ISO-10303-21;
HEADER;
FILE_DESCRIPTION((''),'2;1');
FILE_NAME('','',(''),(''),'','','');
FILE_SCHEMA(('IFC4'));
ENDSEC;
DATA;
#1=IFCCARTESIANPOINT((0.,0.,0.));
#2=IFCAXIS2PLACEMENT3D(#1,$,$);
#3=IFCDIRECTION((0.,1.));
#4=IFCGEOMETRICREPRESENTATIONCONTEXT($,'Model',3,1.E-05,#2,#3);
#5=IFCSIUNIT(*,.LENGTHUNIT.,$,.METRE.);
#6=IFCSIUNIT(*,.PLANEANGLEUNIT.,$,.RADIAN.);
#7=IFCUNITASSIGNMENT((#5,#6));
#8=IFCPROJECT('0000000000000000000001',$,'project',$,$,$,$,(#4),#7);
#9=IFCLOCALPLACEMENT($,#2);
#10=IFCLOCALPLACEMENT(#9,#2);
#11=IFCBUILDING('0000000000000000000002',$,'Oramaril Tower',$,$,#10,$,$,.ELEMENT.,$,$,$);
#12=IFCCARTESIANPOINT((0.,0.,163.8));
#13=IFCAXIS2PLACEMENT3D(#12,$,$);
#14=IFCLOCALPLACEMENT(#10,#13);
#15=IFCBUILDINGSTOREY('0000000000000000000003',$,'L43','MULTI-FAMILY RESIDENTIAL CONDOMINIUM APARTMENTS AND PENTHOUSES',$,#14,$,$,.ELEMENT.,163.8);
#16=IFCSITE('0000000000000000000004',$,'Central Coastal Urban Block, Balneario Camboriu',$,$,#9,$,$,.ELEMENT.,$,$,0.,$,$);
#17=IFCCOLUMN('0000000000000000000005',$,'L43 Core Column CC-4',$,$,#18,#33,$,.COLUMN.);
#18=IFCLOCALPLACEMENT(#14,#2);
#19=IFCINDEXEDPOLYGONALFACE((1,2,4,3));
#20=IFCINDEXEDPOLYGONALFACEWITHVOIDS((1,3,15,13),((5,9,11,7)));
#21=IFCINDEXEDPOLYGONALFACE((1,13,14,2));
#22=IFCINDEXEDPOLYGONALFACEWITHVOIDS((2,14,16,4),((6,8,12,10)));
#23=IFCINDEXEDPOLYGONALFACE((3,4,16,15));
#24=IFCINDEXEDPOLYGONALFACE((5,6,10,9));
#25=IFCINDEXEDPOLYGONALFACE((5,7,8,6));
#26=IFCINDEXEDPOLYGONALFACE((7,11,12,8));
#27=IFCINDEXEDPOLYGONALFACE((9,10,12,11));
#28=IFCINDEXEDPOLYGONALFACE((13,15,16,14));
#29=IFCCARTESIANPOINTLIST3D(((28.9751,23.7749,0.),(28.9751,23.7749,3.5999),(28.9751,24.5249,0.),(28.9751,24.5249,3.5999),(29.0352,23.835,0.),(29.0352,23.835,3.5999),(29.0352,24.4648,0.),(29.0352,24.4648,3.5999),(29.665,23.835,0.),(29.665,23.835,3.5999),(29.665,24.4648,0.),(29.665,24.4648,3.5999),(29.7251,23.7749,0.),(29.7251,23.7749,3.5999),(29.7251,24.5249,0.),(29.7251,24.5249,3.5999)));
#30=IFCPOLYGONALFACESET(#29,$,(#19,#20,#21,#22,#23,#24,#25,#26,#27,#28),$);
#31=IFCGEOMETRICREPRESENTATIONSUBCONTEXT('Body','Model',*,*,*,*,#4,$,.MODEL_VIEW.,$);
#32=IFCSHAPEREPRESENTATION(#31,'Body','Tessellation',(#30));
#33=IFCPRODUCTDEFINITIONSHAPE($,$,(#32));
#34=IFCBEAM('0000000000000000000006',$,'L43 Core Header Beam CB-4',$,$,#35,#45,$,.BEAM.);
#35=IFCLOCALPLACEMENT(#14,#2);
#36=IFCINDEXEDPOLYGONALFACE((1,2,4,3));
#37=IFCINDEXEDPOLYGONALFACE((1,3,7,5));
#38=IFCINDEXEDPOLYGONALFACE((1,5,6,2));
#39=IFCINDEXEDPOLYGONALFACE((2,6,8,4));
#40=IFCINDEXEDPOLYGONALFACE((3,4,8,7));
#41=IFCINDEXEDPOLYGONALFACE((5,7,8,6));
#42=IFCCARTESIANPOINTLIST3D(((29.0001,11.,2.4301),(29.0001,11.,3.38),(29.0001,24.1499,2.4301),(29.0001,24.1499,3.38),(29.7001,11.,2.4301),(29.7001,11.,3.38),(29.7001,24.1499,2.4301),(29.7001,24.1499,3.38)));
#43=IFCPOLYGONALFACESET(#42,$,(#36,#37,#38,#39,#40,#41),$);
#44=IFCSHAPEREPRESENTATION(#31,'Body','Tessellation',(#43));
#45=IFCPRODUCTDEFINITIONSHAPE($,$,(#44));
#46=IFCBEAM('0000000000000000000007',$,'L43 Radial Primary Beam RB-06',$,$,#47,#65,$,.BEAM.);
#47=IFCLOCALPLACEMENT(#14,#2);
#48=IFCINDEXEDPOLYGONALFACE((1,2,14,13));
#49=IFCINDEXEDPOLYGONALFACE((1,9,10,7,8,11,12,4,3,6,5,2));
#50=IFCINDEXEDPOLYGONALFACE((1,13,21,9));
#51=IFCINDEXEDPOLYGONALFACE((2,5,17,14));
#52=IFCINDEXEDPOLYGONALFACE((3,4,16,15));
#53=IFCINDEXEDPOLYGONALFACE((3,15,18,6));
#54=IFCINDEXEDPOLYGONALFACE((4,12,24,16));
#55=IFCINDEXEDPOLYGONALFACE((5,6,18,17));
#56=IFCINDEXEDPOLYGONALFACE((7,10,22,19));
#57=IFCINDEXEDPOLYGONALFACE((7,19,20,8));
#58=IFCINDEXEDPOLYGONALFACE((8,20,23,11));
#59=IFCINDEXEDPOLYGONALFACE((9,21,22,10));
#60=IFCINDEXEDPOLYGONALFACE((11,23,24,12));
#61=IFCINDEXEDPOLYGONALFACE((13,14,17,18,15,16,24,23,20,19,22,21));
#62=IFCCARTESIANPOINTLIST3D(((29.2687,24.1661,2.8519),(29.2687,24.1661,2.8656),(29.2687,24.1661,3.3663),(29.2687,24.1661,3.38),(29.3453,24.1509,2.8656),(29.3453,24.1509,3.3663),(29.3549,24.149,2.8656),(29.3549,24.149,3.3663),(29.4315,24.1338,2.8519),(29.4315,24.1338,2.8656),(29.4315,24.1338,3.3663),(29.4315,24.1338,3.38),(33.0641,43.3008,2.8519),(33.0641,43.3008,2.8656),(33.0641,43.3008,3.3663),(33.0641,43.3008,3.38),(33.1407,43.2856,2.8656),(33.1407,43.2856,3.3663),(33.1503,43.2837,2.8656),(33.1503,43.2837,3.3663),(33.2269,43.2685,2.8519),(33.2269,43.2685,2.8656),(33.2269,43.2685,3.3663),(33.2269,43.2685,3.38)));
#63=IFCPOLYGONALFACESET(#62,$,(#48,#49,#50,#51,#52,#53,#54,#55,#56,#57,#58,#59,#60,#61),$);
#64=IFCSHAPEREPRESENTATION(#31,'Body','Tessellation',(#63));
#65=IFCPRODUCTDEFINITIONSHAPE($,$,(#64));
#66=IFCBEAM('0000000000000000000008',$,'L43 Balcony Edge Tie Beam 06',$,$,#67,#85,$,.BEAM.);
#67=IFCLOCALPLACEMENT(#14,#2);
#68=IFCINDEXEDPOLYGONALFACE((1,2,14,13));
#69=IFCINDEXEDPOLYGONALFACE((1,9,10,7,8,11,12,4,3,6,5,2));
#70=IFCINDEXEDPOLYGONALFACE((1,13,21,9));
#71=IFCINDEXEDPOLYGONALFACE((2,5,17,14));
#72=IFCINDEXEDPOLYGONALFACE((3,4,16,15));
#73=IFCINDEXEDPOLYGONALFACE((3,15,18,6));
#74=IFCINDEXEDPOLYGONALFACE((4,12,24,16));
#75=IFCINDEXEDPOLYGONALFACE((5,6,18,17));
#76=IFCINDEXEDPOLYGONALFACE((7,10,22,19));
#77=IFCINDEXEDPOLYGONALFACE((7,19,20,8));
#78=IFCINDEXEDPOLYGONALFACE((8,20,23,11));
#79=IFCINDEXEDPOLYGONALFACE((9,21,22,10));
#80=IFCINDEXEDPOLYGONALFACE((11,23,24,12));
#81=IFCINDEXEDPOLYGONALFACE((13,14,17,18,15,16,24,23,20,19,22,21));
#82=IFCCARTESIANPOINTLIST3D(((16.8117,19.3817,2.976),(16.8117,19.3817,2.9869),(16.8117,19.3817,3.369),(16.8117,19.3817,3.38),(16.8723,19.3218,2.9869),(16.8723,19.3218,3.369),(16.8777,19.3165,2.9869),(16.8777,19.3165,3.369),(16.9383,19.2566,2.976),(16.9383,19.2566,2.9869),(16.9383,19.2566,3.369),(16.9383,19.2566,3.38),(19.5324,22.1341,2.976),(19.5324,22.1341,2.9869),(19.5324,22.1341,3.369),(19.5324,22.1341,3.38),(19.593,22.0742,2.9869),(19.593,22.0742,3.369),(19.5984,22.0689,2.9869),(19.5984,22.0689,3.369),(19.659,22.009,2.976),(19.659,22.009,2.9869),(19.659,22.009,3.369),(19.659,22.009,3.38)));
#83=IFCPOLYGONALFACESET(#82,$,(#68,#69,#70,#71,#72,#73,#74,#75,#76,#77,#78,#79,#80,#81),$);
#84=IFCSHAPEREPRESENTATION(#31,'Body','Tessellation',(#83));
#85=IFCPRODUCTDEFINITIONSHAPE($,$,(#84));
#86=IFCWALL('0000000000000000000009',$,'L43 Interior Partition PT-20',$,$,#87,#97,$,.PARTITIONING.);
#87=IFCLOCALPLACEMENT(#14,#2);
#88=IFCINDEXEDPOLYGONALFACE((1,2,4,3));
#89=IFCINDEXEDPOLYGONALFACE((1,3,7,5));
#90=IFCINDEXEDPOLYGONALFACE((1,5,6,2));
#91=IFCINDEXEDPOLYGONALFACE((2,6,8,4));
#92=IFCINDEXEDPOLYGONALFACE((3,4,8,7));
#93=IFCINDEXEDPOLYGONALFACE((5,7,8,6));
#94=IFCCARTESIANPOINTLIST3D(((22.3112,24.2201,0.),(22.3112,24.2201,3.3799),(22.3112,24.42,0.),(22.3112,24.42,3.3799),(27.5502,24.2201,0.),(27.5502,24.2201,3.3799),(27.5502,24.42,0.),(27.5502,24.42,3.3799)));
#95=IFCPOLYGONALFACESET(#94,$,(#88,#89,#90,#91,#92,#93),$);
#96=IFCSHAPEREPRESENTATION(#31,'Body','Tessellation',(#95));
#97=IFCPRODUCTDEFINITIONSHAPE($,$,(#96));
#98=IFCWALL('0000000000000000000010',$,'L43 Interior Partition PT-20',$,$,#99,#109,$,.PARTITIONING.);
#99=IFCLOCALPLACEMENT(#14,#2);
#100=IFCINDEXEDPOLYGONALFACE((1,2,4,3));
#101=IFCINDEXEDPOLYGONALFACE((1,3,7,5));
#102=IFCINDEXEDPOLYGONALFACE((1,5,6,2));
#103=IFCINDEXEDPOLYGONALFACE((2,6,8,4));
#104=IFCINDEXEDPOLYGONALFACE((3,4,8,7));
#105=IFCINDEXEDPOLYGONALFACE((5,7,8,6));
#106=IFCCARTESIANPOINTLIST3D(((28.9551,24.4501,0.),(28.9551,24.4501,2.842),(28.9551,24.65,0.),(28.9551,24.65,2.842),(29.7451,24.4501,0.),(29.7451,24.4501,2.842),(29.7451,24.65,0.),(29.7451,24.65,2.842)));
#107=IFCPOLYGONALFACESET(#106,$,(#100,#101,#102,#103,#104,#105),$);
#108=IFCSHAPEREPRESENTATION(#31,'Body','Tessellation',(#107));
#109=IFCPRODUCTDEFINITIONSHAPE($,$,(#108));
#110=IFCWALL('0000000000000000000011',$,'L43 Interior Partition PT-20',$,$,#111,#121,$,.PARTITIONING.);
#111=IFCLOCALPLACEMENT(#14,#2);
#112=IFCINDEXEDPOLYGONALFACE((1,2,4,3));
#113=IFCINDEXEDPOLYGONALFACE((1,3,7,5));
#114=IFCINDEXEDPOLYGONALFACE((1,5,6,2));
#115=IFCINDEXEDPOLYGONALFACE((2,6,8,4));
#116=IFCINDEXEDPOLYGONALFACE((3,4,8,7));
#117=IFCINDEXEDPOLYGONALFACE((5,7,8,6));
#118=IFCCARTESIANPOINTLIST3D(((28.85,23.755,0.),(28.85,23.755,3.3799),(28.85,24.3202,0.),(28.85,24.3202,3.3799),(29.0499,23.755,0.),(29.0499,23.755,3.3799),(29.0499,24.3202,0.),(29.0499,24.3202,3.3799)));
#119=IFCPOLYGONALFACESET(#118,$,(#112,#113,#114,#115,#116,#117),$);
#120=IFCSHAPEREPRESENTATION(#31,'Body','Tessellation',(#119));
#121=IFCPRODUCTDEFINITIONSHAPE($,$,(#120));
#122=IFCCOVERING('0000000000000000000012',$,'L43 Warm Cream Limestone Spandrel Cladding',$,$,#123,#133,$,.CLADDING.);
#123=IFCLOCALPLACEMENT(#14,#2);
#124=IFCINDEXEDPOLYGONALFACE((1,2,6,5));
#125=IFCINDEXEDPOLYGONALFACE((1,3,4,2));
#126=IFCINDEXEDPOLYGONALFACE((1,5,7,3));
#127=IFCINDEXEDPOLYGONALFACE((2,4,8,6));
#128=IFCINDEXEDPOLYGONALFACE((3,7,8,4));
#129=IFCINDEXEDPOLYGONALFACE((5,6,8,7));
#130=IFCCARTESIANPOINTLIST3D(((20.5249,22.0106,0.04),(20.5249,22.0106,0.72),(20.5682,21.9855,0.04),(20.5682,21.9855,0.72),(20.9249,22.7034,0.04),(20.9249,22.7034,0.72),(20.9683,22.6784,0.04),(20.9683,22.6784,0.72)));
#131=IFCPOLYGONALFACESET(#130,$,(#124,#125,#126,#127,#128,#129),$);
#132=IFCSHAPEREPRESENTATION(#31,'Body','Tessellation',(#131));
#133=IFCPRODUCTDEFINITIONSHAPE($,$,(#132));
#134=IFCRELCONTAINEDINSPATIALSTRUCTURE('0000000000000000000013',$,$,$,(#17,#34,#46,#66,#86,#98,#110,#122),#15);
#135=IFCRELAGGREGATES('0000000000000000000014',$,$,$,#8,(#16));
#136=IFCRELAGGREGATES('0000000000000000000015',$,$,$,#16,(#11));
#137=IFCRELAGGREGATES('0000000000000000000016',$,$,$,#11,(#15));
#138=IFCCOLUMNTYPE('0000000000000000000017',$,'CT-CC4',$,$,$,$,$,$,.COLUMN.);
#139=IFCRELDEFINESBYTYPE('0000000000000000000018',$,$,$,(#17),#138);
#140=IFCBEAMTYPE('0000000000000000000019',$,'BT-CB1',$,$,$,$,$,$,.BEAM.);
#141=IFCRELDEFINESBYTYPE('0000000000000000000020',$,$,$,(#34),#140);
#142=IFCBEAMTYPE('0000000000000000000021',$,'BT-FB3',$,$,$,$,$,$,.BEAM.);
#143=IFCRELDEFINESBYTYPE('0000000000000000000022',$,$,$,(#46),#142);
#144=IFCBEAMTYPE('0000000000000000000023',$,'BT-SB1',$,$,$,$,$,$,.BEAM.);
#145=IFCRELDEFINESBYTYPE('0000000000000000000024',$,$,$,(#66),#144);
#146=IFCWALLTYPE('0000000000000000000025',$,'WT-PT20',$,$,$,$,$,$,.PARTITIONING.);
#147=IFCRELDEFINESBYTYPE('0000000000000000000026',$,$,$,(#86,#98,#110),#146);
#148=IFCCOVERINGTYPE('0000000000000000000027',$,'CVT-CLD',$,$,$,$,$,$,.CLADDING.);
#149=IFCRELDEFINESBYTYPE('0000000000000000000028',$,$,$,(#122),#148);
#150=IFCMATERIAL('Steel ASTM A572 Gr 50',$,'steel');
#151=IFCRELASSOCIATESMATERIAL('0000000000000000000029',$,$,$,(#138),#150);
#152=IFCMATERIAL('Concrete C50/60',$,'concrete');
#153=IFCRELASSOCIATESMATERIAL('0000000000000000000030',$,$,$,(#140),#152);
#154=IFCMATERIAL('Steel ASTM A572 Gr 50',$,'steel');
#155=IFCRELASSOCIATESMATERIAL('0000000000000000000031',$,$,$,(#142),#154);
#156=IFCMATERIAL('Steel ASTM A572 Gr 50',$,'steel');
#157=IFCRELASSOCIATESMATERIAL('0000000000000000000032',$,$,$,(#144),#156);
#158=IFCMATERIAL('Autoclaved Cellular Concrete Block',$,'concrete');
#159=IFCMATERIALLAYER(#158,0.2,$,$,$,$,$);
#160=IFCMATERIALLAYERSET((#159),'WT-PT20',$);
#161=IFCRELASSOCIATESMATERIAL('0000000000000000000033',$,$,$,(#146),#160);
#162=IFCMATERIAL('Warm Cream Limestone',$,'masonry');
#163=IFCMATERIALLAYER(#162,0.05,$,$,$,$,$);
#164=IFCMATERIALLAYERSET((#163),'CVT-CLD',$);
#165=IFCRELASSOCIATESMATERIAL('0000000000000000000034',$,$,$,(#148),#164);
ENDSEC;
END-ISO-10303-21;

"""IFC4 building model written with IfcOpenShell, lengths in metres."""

from ifc_helpers import new_model, si_unit, direction, frame, frame_2d, origin, origin_2d, place, context, subcontext, project, spatial, rectangle, hollow_rectangle, i_section, extrude, material, layer, layer_set, material_profile, profile_set, type_object, element, save


model = new_model("IFC4")

# Units and contexts
model_context = context("Model", 3, precision=1e-05, world=origin(), true_north=direction((0.0, 1.0)))
body_context = subcontext(model_context, "Body", "Model", "MODEL_VIEW")
ifc_project = project(units=[si_unit("LENGTHUNIT", "METRE"), si_unit("PLANEANGLEUNIT", "RADIAN")], contexts=[model_context])

# Site, building, storey
site_placement = place(None, origin())
site = spatial("IfcSite", under=ifc_project, at=site_placement, Name="Central Coastal Urban Block, Balneario Camboriu", CompositionType="ELEMENT", RefElevation=0.0)
building_placement = place(site_placement, origin())
building = spatial("IfcBuilding", under=site, at=building_placement, Name="Oramaril Tower", CompositionType="ELEMENT")
storey_placement = place(building_placement, frame((0.0, 0.0, 163.8)))
storey = spatial("IfcBuildingStorey", under=building, at=storey_placement, Name="L43", Description="MULTI-FAMILY RESIDENTIAL CONDOMINIUM APARTMENTS AND PENTHOUSES", CompositionType="ELEMENT", Elevation=163.8)

# Column
ifc_material_1 = material(Name="Steel ASTM A572 Gr 50", Category="steel")
ifc_material_profile_1 = material_profile(ifc_material_1, hollow_rectangle(XDim=0.75, YDim=0.75, WallThickness=0.0601, at=origin_2d()), Name="BOX750X750X60")
ifc_profile_set_1 = profile_set([ifc_material_profile_1], Name="Steel ASTM A572 Gr 50")
column_type = type_object("IfcColumnType", Name="CT-CC4", PredefinedType="COLUMN", material=ifc_profile_set_1)
column_placement = place(storey_placement, frame((29.3501, 24.1499, 0.0), z_axis=(0.0, 0.0, 1.0), x_axis=(1.0, 0.0, 0.0)))
element("IfcColumn", 1, at=column_placement, inside=storey, type_object=column_type, Name="L43 Core Column CC-4", PredefinedType="COLUMN", context=body_context, shape_type="SweptSolid", body=[
    extrude(hollow_rectangle(XDim=0.75, YDim=0.75, WallThickness=0.0601, at=origin_2d()), origin(), (0.0, 0.0, 1.0), 3.5999),
])

# Beams
ifc_material_2 = material(Name="Concrete C50/60", Category="concrete")
ifc_material_profile_2 = material_profile(ifc_material_2, rectangle(XDim=0.7, YDim=0.95, at=origin_2d()), Name="CB700X950")
ifc_profile_set_2 = profile_set([ifc_material_profile_2], Name="Concrete C50/60")
beam_type_1 = type_object("IfcBeamType", Name="BT-CB1", PredefinedType="BEAM", material=ifc_profile_set_2)
beam_1_placement = place(storey_placement, frame((29.3501, 24.1499, 2.905), z_axis=(0.0, -1.0, 0.0), x_axis=(1.0, 0.0, 0.0)))
element("IfcBeam", 2, at=beam_1_placement, inside=storey, type_object=beam_type_1, Name="L43 Core Header Beam CB-4", PredefinedType="BEAM", context=body_context, shape_type="SweptSolid", body=[
    extrude(rectangle(XDim=0.7, YDim=0.95, at=origin_2d()), origin(), (0.0, 0.0, 1.0), 13.1499),
])
ifc_material_3 = material(Name="Steel ASTM A572 Gr 50", Category="steel")
ifc_material_profile_3 = material_profile(ifc_material_3, i_section(OverallWidth=0.166, OverallDepth=0.5281, WebThickness=0.0098, FlangeThickness=0.0137, at=origin_2d()), Name="W21X50")
ifc_profile_set_3 = profile_set([ifc_material_profile_3], Name="Steel ASTM A572 Gr 50")
beam_type_2 = type_object("IfcBeamType", Name="BT-FB3", PredefinedType="BEAM", material=ifc_profile_set_3)
beam_2_placement = place(storey_placement, frame((29.3501, 24.1499, 3.116), z_axis=(0.194561, 0.98089, 0.0), x_axis=(-0.98089, 0.194561, 0.0)))
element("IfcBeam", 3, at=beam_2_placement, inside=storey, type_object=beam_type_2, Name="L43 Radial Primary Beam RB-06", PredefinedType="BEAM", context=body_context, shape_type="SweptSolid", body=[
    extrude(i_section(OverallWidth=0.166, OverallDepth=0.5281, WebThickness=0.0098, FlangeThickness=0.0137, at=origin_2d()), origin(), (0.0, 0.0, 1.0), 19.5076),
])
ifc_material_4 = material(Name="Steel ASTM A572 Gr 50", Category="steel")
ifc_material_profile_4 = material_profile(ifc_material_4, i_section(OverallWidth=0.178, OverallDepth=0.4041, WebThickness=0.0076, FlangeThickness=0.011, at=origin_2d()), Name="W16X36")
ifc_profile_set_4 = profile_set([ifc_material_profile_4], Name="Steel ASTM A572 Gr 50")
beam_type_3 = type_object("IfcBeamType", Name="BT-SB1", PredefinedType="BEAM", material=ifc_profile_set_4)
beam_3_placement = place(storey_placement, frame((19.5957, 22.0715, 3.178), z_axis=(-0.702995, -0.711195, 0.0), x_axis=(0.711195, -0.702995, 0.0)))
element("IfcBeam", 4, at=beam_3_placement, inside=storey, type_object=beam_type_3, Name="L43 Balcony Edge Tie Beam 06", PredefinedType="BEAM", context=body_context, shape_type="SweptSolid", body=[
    extrude(i_section(OverallWidth=0.178, OverallDepth=0.4041, WebThickness=0.0076, FlangeThickness=0.011, at=origin_2d()), origin(), (0.0, 0.0, 1.0), 3.8701),
])

# Walls
ifc_material_5 = material(Name="Autoclaved Cellular Concrete Block", Category="concrete")
ifc_layer_1 = layer(ifc_material_5, 0.2)
ifc_layer_set_1 = layer_set([ifc_layer_1], Name="WT-PT20")
wall_type_1 = type_object("IfcWallType", Name="WT-PT20", PredefinedType="PARTITIONING", material=ifc_layer_set_1)
wall_1_placement = place(storey_placement, frame((22.311, 24.3201, 0.0), z_axis=(0.0, 0.0, 1.0), x_axis=(1.0, 0.0, 0.0)))
element("IfcWall", 5, at=wall_1_placement, inside=storey, type_object=wall_type_1, Name="L43 Interior Partition PT-20", PredefinedType="PARTITIONING", context=body_context, shape_type="SweptSolid", body=[
    extrude(rectangle(XDim=5.239, YDim=0.2, at=frame_2d((2.6196, 0.0))), origin(), (0.0, 0.0, 1.0), 3.3799),
])
wall_2_placement = place(storey_placement, frame((28.9551, 24.55, 0.0), z_axis=(0.0, 0.0, 1.0), x_axis=(1.0, 0.0, 0.0)))
element("IfcWall", 6, at=wall_2_placement, inside=storey, type_object=wall_type_1, Name="L43 Interior Partition PT-20", PredefinedType="PARTITIONING", context=body_context, shape_type="SweptSolid", body=[
    extrude(rectangle(XDim=0.79, YDim=0.2, at=frame_2d((0.395, 0.0))), origin(), (0.0, 0.0, 1.0), 2.842),
])

# Wall
wall_3_placement = place(storey_placement, frame((28.95, 23.7549, 0.0), z_axis=(0.0, 0.0, 1.0), x_axis=(0.0, 1.0, 0.0)))
element("IfcWall", 7, at=wall_3_placement, inside=storey, type_object=wall_type_1, Name="L43 Interior Partition PT-20", PredefinedType="PARTITIONING", context=body_context, shape_type="SweptSolid", body=[
    extrude(rectangle(XDim=0.5652, YDim=0.2, at=frame_2d((0.2827, 0.0))), origin(), (0.0, 0.0, 1.0), 3.3799),
])

# Covering
ifc_material_6 = material(Name="Warm Cream Limestone", Category="masonry")
ifc_layer_2 = layer(ifc_material_6, 0.05)
ifc_layer_set_2 = layer_set([ifc_layer_2], Name="CVT-CLD")
covering_type = type_object("IfcCoveringType", Name="CVT-CLD", PredefinedType="CLADDING", material=ifc_layer_set_2)
covering_placement = place(storey_placement, frame((20.7466, 22.3445, 0.04), z_axis=(0.0, 0.0, 1.0), x_axis=(-0.5, -0.866025, 0.0)))
element("IfcCovering", 8, at=covering_placement, inside=storey, type_object=covering_type, Name="L43 Warm Cream Limestone Spandrel Cladding", PredefinedType="CLADDING", context=body_context, shape_type="SweptSolid", body=[
    extrude(rectangle(XDim=0.8, YDim=0.05, at=origin_2d()), origin(), (0.0, 0.0, 1.0), 0.6799),
])

save(model, "model.ifc")
